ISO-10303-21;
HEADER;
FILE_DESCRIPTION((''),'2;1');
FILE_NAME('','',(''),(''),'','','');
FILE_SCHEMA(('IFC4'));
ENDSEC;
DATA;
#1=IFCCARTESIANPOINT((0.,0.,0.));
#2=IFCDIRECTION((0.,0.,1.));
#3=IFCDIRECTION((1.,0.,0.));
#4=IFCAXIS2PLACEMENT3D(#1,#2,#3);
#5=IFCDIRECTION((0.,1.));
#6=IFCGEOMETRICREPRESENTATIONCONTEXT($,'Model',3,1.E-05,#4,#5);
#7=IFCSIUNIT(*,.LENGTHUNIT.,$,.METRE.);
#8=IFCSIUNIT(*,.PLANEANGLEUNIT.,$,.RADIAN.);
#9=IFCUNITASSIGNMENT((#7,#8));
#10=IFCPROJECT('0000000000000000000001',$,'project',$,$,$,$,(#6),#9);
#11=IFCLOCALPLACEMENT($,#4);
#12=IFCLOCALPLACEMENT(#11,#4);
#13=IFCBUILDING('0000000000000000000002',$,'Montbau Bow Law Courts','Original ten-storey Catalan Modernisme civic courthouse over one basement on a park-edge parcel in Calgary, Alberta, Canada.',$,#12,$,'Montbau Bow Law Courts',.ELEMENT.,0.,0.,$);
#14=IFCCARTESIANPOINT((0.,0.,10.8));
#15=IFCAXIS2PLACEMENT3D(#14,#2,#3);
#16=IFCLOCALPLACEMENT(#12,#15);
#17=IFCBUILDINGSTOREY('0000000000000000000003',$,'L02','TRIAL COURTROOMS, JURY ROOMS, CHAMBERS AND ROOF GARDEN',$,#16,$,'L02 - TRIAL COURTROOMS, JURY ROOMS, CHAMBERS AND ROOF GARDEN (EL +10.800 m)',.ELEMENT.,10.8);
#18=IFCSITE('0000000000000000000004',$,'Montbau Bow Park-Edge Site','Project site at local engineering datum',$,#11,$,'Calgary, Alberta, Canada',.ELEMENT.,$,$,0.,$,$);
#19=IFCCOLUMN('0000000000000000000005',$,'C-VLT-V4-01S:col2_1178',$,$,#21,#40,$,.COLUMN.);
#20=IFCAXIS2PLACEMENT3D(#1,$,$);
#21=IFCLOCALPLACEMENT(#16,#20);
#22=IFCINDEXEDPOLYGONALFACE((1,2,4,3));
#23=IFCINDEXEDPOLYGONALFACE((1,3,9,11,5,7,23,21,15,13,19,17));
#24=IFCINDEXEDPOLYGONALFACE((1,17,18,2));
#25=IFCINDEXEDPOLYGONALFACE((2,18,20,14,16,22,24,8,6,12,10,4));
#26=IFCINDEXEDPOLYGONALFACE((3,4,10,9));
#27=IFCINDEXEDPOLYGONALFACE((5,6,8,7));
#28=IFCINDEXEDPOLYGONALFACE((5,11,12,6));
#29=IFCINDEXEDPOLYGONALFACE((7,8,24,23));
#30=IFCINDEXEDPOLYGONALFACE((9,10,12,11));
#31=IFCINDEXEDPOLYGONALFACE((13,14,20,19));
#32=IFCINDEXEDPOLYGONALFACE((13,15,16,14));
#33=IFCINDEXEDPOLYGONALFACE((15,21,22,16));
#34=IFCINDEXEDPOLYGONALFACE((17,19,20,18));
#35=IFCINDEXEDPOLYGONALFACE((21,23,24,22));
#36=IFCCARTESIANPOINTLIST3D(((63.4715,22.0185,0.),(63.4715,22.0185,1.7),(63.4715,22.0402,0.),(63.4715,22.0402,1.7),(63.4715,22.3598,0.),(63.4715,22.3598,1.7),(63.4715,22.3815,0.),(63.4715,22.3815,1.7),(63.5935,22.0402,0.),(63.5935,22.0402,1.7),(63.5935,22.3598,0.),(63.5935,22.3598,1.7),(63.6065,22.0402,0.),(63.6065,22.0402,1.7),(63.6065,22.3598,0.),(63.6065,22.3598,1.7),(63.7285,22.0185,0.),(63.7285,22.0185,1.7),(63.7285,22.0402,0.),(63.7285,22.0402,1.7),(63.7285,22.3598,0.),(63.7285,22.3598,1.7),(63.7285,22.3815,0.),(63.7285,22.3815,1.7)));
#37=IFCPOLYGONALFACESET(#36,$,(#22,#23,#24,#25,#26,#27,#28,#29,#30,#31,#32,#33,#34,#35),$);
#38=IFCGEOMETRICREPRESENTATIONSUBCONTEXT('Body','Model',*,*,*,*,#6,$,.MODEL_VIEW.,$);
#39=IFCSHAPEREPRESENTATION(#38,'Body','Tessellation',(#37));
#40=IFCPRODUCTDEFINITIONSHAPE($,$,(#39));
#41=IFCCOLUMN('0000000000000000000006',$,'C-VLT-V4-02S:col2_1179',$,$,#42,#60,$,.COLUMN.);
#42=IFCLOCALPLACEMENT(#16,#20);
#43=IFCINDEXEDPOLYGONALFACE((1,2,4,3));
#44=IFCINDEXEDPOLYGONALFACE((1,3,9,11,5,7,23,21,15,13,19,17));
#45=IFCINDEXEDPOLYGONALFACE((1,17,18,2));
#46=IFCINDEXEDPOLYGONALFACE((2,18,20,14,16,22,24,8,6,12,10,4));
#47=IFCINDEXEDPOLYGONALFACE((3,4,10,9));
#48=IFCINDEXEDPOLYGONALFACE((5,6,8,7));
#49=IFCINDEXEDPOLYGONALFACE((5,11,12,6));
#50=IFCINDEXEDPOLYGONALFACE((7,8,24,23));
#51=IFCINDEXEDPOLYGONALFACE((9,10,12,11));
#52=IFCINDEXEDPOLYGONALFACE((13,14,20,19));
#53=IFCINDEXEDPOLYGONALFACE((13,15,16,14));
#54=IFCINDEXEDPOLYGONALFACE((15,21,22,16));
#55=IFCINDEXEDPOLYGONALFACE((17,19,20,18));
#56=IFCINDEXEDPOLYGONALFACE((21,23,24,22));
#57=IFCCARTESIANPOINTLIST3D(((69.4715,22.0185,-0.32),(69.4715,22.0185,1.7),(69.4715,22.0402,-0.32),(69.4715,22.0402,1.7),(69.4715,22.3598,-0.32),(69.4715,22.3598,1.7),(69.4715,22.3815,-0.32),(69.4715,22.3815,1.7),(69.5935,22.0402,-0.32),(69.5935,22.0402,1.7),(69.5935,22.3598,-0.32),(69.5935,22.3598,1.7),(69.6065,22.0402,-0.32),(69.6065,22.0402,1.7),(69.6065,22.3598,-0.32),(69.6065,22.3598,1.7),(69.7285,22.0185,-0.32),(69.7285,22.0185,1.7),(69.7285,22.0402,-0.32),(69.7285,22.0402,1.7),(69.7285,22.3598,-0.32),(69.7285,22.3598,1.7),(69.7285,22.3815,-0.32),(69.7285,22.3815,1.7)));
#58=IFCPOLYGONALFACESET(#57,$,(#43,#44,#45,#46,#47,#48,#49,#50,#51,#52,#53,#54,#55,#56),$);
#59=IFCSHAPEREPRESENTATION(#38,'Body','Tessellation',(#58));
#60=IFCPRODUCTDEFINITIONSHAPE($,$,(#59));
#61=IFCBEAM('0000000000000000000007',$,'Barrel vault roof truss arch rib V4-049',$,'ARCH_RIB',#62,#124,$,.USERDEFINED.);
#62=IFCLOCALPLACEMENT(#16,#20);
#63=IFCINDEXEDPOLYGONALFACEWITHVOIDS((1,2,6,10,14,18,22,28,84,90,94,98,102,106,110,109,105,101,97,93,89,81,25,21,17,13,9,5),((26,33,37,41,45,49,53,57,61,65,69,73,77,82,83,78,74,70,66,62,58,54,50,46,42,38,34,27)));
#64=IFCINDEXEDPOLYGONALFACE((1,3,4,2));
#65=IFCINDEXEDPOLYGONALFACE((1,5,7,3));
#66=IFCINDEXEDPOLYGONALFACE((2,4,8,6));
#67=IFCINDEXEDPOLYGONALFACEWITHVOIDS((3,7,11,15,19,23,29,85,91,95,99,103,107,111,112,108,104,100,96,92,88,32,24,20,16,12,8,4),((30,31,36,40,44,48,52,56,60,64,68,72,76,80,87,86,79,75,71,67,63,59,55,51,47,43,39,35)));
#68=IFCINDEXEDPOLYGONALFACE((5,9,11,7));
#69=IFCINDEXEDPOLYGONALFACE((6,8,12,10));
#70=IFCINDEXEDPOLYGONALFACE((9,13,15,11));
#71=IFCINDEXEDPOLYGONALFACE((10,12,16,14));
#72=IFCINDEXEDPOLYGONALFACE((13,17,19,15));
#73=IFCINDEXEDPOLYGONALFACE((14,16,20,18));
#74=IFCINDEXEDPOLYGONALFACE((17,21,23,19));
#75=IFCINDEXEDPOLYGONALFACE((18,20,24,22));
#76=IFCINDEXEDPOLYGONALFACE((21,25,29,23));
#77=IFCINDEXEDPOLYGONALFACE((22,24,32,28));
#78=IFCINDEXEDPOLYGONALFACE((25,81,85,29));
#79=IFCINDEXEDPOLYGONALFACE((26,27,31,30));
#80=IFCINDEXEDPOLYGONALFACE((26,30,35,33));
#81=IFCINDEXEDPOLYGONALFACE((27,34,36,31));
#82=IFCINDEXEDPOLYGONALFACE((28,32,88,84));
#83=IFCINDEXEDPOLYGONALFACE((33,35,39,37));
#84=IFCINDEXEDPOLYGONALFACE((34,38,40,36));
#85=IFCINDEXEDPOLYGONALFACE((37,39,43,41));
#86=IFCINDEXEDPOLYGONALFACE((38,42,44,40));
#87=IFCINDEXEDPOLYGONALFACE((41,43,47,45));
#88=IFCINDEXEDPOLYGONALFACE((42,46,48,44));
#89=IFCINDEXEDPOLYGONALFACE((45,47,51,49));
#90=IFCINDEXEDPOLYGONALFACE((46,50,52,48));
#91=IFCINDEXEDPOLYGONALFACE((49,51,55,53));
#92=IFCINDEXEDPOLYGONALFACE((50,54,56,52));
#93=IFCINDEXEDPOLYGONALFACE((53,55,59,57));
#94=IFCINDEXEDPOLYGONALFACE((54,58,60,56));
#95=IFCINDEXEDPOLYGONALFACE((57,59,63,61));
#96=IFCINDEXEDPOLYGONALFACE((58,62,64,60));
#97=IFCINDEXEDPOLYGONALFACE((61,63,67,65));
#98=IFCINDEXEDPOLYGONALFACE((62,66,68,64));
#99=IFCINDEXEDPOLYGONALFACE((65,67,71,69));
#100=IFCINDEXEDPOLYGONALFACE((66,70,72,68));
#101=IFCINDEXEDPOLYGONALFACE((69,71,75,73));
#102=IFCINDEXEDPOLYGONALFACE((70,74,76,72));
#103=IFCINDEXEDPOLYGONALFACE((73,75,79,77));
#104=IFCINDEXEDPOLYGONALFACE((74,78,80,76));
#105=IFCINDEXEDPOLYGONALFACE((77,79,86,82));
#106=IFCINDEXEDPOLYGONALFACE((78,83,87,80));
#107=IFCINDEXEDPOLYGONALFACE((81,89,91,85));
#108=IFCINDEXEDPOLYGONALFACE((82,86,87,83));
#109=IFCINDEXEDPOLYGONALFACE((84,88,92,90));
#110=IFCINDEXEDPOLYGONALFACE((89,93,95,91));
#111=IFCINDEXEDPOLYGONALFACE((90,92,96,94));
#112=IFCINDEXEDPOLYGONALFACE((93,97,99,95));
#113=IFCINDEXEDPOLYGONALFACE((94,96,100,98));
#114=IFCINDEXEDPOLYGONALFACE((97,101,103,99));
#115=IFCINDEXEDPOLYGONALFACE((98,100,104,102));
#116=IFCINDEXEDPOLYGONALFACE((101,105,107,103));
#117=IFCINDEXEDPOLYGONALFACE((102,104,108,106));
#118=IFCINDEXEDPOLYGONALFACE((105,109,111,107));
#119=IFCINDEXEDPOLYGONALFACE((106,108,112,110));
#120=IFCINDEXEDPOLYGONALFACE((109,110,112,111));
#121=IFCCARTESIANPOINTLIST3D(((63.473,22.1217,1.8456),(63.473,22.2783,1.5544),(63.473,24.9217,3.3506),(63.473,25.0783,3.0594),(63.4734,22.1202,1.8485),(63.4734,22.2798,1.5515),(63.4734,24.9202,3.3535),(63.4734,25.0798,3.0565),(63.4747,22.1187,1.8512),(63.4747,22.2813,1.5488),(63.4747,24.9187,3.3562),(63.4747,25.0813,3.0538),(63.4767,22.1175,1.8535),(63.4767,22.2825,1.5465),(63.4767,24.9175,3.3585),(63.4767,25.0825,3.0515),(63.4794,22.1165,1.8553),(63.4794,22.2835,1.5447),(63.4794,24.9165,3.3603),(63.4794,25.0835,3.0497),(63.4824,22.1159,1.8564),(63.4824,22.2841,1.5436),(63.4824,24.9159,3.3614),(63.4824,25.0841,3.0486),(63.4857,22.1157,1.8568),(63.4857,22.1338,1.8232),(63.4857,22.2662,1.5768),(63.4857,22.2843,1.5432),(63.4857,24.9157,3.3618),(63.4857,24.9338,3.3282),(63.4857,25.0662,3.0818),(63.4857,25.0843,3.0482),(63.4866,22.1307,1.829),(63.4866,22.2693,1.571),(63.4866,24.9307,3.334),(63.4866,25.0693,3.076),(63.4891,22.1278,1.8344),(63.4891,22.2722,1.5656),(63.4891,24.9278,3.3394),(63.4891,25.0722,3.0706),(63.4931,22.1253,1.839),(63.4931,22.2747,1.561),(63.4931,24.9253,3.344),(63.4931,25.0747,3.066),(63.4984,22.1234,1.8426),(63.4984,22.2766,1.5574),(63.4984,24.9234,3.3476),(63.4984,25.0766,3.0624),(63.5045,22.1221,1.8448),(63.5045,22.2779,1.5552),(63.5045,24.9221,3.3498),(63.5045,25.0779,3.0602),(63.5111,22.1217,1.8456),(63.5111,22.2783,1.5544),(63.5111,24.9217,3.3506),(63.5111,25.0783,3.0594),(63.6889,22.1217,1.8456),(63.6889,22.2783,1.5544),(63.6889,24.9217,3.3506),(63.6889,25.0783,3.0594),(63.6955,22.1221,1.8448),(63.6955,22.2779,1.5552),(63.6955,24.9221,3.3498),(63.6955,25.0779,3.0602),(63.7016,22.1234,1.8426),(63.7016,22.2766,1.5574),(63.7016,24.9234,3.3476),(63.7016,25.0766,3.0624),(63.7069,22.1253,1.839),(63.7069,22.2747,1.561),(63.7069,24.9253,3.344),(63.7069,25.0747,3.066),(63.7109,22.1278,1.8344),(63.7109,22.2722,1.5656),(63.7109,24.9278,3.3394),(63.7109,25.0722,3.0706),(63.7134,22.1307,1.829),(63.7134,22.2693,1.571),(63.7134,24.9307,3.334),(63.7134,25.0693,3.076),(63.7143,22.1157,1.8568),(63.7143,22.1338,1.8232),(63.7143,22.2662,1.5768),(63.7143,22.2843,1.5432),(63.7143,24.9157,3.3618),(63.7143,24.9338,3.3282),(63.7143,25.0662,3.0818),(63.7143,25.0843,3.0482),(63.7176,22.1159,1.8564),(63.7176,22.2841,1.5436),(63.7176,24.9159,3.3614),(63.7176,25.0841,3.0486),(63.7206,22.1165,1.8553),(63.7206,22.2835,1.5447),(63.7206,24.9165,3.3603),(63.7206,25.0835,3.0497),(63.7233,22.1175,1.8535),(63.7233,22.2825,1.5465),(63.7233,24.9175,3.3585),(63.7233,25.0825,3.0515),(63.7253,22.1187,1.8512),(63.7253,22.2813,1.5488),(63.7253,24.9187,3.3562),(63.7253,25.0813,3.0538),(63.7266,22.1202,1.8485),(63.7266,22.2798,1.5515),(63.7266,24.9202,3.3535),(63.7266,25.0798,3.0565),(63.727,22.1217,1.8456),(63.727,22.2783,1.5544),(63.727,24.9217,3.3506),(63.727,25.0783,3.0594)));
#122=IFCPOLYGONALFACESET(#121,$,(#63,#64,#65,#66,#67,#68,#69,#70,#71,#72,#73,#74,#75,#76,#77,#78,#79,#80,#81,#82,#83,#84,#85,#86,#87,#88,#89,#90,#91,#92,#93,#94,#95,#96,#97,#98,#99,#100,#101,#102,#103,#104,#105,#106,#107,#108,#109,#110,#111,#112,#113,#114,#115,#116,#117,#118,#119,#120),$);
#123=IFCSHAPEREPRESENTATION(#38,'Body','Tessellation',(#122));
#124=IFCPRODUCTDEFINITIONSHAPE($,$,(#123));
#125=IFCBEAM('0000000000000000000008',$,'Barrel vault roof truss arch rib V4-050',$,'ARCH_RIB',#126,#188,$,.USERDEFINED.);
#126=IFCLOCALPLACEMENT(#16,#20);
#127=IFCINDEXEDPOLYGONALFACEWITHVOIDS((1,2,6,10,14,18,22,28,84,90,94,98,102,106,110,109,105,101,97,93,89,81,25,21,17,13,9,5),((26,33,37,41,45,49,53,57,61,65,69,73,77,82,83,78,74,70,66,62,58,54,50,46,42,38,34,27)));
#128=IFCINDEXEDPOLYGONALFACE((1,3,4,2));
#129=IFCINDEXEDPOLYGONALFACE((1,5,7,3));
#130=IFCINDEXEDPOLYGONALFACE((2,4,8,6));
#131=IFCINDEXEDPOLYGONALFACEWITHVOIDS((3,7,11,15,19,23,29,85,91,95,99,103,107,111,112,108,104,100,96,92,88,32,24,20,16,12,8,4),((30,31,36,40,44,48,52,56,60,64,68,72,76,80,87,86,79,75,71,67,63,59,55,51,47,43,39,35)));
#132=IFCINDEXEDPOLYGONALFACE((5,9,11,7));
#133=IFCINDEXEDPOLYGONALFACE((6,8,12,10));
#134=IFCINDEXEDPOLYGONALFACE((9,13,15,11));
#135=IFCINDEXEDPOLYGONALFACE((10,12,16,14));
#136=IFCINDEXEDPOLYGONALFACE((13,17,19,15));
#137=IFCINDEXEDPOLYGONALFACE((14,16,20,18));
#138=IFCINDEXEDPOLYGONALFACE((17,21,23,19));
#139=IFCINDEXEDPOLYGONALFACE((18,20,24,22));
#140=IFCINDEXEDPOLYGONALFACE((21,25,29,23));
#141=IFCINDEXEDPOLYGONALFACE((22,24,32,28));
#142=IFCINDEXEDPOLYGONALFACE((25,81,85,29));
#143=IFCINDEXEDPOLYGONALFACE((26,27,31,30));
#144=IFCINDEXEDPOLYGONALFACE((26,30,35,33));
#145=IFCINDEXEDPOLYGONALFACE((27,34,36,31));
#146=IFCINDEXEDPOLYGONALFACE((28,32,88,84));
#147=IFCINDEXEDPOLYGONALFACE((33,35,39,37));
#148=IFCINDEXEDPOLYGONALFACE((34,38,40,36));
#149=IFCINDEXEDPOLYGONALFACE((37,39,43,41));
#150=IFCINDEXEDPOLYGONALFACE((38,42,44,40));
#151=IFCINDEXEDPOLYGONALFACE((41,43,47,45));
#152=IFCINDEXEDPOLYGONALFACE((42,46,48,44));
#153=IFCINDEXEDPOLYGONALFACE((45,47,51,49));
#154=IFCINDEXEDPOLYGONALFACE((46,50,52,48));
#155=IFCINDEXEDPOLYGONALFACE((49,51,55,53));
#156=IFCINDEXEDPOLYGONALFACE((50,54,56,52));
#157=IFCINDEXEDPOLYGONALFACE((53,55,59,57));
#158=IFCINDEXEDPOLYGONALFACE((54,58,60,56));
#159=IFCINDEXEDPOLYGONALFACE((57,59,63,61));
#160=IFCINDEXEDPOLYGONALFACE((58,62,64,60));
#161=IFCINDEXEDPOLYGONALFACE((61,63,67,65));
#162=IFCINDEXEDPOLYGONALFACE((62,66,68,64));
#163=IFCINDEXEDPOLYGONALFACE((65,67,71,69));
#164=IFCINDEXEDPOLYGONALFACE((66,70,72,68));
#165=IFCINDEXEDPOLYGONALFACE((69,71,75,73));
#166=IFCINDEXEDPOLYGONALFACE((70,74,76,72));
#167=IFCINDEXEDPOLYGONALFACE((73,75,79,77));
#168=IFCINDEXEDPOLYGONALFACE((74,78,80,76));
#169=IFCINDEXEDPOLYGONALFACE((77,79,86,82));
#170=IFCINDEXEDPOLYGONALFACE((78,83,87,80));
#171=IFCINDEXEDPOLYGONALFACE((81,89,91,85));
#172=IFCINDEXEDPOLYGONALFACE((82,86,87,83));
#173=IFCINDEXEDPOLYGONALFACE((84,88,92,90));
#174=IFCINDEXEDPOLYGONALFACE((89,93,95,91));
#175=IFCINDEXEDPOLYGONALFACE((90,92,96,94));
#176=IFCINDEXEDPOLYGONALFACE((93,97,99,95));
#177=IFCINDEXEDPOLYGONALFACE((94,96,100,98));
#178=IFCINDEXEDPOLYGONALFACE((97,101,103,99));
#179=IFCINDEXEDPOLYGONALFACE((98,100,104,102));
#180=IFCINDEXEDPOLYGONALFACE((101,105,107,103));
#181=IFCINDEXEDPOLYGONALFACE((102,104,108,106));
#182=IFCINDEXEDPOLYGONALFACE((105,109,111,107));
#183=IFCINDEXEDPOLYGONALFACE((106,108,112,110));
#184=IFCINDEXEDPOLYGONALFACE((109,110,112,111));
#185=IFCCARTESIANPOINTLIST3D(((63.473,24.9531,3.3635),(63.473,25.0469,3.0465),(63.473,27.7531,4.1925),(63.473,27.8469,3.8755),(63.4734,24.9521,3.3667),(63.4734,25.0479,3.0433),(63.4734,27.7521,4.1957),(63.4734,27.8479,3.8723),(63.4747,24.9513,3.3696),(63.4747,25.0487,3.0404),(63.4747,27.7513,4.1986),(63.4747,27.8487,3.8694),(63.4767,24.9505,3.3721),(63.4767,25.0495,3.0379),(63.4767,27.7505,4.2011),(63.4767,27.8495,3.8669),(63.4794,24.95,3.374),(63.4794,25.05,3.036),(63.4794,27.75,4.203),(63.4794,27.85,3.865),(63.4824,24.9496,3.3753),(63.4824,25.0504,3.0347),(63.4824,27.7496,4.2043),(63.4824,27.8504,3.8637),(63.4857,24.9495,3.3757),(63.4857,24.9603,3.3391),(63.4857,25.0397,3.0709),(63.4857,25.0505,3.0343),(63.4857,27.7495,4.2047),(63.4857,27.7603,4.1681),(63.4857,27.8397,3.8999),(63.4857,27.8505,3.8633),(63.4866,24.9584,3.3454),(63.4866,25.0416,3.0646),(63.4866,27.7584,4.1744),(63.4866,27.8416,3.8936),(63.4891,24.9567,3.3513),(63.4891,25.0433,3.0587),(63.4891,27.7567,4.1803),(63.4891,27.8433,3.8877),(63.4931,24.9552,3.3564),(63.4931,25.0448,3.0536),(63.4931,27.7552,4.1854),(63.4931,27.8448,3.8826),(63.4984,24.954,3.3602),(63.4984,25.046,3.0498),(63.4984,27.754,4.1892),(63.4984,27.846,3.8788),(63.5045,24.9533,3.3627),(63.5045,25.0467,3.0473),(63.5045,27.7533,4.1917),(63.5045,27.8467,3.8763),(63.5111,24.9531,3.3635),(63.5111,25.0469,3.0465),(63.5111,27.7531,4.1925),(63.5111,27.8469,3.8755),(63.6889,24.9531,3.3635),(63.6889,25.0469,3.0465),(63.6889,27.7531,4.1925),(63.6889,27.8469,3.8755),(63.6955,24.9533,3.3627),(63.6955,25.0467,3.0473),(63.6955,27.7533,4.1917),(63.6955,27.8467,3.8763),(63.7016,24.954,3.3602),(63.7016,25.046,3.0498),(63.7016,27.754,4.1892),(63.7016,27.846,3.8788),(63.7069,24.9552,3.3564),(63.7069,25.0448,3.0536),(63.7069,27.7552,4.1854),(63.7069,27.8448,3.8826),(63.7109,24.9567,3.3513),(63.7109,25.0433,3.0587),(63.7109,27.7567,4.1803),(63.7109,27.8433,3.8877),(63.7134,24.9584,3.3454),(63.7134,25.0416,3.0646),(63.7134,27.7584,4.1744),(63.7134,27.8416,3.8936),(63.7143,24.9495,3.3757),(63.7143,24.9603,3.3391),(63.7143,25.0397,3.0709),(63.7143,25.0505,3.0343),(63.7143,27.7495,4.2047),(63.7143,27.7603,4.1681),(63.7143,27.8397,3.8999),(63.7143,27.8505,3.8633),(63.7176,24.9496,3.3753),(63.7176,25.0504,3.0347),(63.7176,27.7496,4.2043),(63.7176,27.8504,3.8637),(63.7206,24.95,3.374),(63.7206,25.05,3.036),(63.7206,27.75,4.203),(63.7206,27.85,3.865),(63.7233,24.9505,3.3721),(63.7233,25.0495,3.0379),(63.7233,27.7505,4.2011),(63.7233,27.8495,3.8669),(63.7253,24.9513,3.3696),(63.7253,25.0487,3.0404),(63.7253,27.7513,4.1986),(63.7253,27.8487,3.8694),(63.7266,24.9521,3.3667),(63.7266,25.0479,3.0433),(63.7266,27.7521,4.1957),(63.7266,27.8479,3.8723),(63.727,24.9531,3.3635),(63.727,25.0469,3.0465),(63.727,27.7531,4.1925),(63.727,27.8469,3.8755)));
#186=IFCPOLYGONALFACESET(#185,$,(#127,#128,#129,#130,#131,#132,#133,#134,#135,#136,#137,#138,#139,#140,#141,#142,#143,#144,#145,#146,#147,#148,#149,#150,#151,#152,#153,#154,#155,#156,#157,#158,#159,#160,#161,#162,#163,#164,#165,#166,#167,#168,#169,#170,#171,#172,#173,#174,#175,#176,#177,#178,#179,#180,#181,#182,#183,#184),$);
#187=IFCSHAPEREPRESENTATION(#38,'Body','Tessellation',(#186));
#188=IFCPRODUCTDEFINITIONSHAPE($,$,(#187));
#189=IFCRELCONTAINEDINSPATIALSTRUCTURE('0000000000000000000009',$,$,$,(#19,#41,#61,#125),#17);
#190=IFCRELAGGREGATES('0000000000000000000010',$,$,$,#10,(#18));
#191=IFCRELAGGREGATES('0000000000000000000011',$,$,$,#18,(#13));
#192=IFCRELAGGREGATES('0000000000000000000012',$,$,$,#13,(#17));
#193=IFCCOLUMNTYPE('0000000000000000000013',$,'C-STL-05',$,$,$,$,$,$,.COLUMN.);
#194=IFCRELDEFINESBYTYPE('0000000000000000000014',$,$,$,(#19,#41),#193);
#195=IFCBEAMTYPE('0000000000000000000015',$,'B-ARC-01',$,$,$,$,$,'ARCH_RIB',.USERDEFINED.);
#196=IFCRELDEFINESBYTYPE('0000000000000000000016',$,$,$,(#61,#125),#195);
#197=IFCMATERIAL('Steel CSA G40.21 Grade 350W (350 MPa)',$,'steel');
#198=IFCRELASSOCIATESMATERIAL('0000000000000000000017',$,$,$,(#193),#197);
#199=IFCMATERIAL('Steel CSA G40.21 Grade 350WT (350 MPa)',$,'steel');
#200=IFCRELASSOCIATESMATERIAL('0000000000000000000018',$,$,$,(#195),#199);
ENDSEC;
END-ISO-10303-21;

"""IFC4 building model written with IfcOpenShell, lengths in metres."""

from ifc_helpers import new_model, si_unit, direction, frame, origin_with_axes, origin_2d_with_axis, place, context, subcontext, project, spatial, hollow_rectangle, i_section, extrude, material, material_profile, profile_set, type_object, element, save


model = new_model("IFC4")

# Units and contexts
model_context = context("Model", 3, precision=1e-05, world=origin_with_axes(), true_north=direction((0.0, 1.0)))
body_context = subcontext(model_context, "Body", "Model", "MODEL_VIEW")
ifc_project = project(units=[si_unit("LENGTHUNIT", "METRE"), si_unit("PLANEANGLEUNIT", "RADIAN")], contexts=[model_context])

# Site, building, storey
site_placement = place(None, origin_with_axes())
site = spatial("IfcSite", under=ifc_project, at=site_placement, Name="Montbau Bow Park-Edge Site", Description="Project site at local engineering datum", LongName="Calgary, Alberta, Canada", CompositionType="ELEMENT", RefElevation=0.0)
building_placement = place(site_placement, origin_with_axes())
building = spatial("IfcBuilding", under=site, at=building_placement, Name="Montbau Bow Law Courts", Description="Original ten-storey Catalan Modernisme civic courthouse over one basement on a park-edge parcel in Calgary, Alberta, Canada.", LongName="Montbau Bow Law Courts", CompositionType="ELEMENT", ElevationOfRefHeight=0.0, ElevationOfTerrain=0.0)
storey_placement = place(building_placement, frame((0.0, 0.0, 10.8), z_axis=(0.0, 0.0, 1.0), x_axis=(1.0, 0.0, 0.0)))
storey = spatial("IfcBuildingStorey", under=building, at=storey_placement, Name="L02", Description="TRIAL COURTROOMS, JURY ROOMS, CHAMBERS AND ROOF GARDEN", LongName="L02 - TRIAL COURTROOMS, JURY ROOMS, CHAMBERS AND ROOF GARDEN (EL +10.800 m)", CompositionType="ELEMENT", Elevation=10.8)

# Columns
ifc_material_1 = material(Name="Steel CSA G40.21 Grade 350W (350 MPa)", Category="steel")
ifc_material_profile_1 = material_profile(ifc_material_1, i_section(OverallWidth=0.257, OverallDepth=0.363, WebThickness=0.013, FlangeThickness=0.0217, at=origin_2d_with_axis()), Name="W360X122", Category="Main", Priority=0)
ifc_profile_set_1 = profile_set([ifc_material_profile_1], Name="Steel CSA G40.21 Grade 350W (350 MPa)")
column_type = type_object("IfcColumnType", Name="C-STL-05", PredefinedType="COLUMN", material=ifc_profile_set_1)
column_1_placement = place(None, frame((63.6, 22.2, 10.8), z_axis=(0.0, 0.0, 1.0), x_axis=(1.0, 0.0, 0.0)))
element("IfcColumn", 1, at=column_1_placement, inside=storey, type_object=column_type, Name="C-VLT-V4-01S:col2_1178", PredefinedType="COLUMN", context=body_context, shape_type="SweptSolid", body=[
    extrude(i_section(OverallWidth=0.257, OverallDepth=0.363, WebThickness=0.013, FlangeThickness=0.0217, at=origin_2d_with_axis()), origin_with_axes(), (0.0, 0.0, 1.0), 1.7),
])
column_2_placement = place(None, frame((69.6, 22.2, 10.48), z_axis=(0.0, 0.0, 1.0), x_axis=(1.0, 0.0, 0.0)))
element("IfcColumn", 2, at=column_2_placement, inside=storey, type_object=column_type, Name="C-VLT-V4-02S:col2_1179", PredefinedType="COLUMN", context=body_context, shape_type="SweptSolid", body=[
    extrude(i_section(OverallWidth=0.257, OverallDepth=0.363, WebThickness=0.013, FlangeThickness=0.0217, at=origin_2d_with_axis()), origin_with_axes(), (0.0, 0.0, 1.0), 2.02),
])

# Beams
ifc_material_2 = material(Name="Steel CSA G40.21 Grade 350WT (350 MPa)", Category="steel")
ifc_material_profile_2 = material_profile(ifc_material_2, hollow_rectangle(XDim=0.254, YDim=0.356, WallThickness=0.0127, InnerFilletRadius=0.0254, OuterFilletRadius=0.0127, at=origin_2d_with_axis()), Name="HSS356X254X13", Category="Main", Priority=0)
ifc_profile_set_2 = profile_set([ifc_material_profile_2], Name="Steel CSA G40.21 Grade 350WT (350 MPa)")
beam_type_1 = type_object("IfcBeamType", Name="B-ARC-01", ElementType="ARCH_RIB", PredefinedType="USERDEFINED", material=ifc_profile_set_2)
beam_1_placement = place(None, frame((63.6, 22.2, 12.5), z_axis=(0.0, 0.880824, 0.473443), x_axis=(-1.0, 0.0, 0.0)))
element("IfcBeam", 3, at=beam_1_placement, inside=storey, type_object=beam_type_1, Name="Barrel vault roof truss arch rib V4-049", ObjectType="ARCH_RIB", PredefinedType="USERDEFINED", context=body_context, shape_type="SweptSolid", body=[
    extrude(hollow_rectangle(XDim=0.254, YDim=0.356, WallThickness=0.0127, InnerFilletRadius=0.0254, OuterFilletRadius=0.0127, at=origin_2d_with_axis()), origin_with_axes(), (0.0, 0.0, 1.0), 3.1788),
])
beam_2_placement = place(None, frame((63.6, 25.0, 14.005), z_axis=(0.0, 0.958857, 0.28389), x_axis=(-1.0, 0.0, 0.0)))
element("IfcBeam", 4, at=beam_2_placement, inside=storey, type_object=beam_type_1, Name="Barrel vault roof truss arch rib V4-050", ObjectType="ARCH_RIB", PredefinedType="USERDEFINED", context=body_context, shape_type="SweptSolid", body=[
    extrude(hollow_rectangle(XDim=0.254, YDim=0.356, WallThickness=0.0127, InnerFilletRadius=0.0254, OuterFilletRadius=0.0127, at=origin_2d_with_axis()), origin_with_axes(), (0.0, 0.0, 1.0), 2.9201),
])

save(model, "model.ifc")
